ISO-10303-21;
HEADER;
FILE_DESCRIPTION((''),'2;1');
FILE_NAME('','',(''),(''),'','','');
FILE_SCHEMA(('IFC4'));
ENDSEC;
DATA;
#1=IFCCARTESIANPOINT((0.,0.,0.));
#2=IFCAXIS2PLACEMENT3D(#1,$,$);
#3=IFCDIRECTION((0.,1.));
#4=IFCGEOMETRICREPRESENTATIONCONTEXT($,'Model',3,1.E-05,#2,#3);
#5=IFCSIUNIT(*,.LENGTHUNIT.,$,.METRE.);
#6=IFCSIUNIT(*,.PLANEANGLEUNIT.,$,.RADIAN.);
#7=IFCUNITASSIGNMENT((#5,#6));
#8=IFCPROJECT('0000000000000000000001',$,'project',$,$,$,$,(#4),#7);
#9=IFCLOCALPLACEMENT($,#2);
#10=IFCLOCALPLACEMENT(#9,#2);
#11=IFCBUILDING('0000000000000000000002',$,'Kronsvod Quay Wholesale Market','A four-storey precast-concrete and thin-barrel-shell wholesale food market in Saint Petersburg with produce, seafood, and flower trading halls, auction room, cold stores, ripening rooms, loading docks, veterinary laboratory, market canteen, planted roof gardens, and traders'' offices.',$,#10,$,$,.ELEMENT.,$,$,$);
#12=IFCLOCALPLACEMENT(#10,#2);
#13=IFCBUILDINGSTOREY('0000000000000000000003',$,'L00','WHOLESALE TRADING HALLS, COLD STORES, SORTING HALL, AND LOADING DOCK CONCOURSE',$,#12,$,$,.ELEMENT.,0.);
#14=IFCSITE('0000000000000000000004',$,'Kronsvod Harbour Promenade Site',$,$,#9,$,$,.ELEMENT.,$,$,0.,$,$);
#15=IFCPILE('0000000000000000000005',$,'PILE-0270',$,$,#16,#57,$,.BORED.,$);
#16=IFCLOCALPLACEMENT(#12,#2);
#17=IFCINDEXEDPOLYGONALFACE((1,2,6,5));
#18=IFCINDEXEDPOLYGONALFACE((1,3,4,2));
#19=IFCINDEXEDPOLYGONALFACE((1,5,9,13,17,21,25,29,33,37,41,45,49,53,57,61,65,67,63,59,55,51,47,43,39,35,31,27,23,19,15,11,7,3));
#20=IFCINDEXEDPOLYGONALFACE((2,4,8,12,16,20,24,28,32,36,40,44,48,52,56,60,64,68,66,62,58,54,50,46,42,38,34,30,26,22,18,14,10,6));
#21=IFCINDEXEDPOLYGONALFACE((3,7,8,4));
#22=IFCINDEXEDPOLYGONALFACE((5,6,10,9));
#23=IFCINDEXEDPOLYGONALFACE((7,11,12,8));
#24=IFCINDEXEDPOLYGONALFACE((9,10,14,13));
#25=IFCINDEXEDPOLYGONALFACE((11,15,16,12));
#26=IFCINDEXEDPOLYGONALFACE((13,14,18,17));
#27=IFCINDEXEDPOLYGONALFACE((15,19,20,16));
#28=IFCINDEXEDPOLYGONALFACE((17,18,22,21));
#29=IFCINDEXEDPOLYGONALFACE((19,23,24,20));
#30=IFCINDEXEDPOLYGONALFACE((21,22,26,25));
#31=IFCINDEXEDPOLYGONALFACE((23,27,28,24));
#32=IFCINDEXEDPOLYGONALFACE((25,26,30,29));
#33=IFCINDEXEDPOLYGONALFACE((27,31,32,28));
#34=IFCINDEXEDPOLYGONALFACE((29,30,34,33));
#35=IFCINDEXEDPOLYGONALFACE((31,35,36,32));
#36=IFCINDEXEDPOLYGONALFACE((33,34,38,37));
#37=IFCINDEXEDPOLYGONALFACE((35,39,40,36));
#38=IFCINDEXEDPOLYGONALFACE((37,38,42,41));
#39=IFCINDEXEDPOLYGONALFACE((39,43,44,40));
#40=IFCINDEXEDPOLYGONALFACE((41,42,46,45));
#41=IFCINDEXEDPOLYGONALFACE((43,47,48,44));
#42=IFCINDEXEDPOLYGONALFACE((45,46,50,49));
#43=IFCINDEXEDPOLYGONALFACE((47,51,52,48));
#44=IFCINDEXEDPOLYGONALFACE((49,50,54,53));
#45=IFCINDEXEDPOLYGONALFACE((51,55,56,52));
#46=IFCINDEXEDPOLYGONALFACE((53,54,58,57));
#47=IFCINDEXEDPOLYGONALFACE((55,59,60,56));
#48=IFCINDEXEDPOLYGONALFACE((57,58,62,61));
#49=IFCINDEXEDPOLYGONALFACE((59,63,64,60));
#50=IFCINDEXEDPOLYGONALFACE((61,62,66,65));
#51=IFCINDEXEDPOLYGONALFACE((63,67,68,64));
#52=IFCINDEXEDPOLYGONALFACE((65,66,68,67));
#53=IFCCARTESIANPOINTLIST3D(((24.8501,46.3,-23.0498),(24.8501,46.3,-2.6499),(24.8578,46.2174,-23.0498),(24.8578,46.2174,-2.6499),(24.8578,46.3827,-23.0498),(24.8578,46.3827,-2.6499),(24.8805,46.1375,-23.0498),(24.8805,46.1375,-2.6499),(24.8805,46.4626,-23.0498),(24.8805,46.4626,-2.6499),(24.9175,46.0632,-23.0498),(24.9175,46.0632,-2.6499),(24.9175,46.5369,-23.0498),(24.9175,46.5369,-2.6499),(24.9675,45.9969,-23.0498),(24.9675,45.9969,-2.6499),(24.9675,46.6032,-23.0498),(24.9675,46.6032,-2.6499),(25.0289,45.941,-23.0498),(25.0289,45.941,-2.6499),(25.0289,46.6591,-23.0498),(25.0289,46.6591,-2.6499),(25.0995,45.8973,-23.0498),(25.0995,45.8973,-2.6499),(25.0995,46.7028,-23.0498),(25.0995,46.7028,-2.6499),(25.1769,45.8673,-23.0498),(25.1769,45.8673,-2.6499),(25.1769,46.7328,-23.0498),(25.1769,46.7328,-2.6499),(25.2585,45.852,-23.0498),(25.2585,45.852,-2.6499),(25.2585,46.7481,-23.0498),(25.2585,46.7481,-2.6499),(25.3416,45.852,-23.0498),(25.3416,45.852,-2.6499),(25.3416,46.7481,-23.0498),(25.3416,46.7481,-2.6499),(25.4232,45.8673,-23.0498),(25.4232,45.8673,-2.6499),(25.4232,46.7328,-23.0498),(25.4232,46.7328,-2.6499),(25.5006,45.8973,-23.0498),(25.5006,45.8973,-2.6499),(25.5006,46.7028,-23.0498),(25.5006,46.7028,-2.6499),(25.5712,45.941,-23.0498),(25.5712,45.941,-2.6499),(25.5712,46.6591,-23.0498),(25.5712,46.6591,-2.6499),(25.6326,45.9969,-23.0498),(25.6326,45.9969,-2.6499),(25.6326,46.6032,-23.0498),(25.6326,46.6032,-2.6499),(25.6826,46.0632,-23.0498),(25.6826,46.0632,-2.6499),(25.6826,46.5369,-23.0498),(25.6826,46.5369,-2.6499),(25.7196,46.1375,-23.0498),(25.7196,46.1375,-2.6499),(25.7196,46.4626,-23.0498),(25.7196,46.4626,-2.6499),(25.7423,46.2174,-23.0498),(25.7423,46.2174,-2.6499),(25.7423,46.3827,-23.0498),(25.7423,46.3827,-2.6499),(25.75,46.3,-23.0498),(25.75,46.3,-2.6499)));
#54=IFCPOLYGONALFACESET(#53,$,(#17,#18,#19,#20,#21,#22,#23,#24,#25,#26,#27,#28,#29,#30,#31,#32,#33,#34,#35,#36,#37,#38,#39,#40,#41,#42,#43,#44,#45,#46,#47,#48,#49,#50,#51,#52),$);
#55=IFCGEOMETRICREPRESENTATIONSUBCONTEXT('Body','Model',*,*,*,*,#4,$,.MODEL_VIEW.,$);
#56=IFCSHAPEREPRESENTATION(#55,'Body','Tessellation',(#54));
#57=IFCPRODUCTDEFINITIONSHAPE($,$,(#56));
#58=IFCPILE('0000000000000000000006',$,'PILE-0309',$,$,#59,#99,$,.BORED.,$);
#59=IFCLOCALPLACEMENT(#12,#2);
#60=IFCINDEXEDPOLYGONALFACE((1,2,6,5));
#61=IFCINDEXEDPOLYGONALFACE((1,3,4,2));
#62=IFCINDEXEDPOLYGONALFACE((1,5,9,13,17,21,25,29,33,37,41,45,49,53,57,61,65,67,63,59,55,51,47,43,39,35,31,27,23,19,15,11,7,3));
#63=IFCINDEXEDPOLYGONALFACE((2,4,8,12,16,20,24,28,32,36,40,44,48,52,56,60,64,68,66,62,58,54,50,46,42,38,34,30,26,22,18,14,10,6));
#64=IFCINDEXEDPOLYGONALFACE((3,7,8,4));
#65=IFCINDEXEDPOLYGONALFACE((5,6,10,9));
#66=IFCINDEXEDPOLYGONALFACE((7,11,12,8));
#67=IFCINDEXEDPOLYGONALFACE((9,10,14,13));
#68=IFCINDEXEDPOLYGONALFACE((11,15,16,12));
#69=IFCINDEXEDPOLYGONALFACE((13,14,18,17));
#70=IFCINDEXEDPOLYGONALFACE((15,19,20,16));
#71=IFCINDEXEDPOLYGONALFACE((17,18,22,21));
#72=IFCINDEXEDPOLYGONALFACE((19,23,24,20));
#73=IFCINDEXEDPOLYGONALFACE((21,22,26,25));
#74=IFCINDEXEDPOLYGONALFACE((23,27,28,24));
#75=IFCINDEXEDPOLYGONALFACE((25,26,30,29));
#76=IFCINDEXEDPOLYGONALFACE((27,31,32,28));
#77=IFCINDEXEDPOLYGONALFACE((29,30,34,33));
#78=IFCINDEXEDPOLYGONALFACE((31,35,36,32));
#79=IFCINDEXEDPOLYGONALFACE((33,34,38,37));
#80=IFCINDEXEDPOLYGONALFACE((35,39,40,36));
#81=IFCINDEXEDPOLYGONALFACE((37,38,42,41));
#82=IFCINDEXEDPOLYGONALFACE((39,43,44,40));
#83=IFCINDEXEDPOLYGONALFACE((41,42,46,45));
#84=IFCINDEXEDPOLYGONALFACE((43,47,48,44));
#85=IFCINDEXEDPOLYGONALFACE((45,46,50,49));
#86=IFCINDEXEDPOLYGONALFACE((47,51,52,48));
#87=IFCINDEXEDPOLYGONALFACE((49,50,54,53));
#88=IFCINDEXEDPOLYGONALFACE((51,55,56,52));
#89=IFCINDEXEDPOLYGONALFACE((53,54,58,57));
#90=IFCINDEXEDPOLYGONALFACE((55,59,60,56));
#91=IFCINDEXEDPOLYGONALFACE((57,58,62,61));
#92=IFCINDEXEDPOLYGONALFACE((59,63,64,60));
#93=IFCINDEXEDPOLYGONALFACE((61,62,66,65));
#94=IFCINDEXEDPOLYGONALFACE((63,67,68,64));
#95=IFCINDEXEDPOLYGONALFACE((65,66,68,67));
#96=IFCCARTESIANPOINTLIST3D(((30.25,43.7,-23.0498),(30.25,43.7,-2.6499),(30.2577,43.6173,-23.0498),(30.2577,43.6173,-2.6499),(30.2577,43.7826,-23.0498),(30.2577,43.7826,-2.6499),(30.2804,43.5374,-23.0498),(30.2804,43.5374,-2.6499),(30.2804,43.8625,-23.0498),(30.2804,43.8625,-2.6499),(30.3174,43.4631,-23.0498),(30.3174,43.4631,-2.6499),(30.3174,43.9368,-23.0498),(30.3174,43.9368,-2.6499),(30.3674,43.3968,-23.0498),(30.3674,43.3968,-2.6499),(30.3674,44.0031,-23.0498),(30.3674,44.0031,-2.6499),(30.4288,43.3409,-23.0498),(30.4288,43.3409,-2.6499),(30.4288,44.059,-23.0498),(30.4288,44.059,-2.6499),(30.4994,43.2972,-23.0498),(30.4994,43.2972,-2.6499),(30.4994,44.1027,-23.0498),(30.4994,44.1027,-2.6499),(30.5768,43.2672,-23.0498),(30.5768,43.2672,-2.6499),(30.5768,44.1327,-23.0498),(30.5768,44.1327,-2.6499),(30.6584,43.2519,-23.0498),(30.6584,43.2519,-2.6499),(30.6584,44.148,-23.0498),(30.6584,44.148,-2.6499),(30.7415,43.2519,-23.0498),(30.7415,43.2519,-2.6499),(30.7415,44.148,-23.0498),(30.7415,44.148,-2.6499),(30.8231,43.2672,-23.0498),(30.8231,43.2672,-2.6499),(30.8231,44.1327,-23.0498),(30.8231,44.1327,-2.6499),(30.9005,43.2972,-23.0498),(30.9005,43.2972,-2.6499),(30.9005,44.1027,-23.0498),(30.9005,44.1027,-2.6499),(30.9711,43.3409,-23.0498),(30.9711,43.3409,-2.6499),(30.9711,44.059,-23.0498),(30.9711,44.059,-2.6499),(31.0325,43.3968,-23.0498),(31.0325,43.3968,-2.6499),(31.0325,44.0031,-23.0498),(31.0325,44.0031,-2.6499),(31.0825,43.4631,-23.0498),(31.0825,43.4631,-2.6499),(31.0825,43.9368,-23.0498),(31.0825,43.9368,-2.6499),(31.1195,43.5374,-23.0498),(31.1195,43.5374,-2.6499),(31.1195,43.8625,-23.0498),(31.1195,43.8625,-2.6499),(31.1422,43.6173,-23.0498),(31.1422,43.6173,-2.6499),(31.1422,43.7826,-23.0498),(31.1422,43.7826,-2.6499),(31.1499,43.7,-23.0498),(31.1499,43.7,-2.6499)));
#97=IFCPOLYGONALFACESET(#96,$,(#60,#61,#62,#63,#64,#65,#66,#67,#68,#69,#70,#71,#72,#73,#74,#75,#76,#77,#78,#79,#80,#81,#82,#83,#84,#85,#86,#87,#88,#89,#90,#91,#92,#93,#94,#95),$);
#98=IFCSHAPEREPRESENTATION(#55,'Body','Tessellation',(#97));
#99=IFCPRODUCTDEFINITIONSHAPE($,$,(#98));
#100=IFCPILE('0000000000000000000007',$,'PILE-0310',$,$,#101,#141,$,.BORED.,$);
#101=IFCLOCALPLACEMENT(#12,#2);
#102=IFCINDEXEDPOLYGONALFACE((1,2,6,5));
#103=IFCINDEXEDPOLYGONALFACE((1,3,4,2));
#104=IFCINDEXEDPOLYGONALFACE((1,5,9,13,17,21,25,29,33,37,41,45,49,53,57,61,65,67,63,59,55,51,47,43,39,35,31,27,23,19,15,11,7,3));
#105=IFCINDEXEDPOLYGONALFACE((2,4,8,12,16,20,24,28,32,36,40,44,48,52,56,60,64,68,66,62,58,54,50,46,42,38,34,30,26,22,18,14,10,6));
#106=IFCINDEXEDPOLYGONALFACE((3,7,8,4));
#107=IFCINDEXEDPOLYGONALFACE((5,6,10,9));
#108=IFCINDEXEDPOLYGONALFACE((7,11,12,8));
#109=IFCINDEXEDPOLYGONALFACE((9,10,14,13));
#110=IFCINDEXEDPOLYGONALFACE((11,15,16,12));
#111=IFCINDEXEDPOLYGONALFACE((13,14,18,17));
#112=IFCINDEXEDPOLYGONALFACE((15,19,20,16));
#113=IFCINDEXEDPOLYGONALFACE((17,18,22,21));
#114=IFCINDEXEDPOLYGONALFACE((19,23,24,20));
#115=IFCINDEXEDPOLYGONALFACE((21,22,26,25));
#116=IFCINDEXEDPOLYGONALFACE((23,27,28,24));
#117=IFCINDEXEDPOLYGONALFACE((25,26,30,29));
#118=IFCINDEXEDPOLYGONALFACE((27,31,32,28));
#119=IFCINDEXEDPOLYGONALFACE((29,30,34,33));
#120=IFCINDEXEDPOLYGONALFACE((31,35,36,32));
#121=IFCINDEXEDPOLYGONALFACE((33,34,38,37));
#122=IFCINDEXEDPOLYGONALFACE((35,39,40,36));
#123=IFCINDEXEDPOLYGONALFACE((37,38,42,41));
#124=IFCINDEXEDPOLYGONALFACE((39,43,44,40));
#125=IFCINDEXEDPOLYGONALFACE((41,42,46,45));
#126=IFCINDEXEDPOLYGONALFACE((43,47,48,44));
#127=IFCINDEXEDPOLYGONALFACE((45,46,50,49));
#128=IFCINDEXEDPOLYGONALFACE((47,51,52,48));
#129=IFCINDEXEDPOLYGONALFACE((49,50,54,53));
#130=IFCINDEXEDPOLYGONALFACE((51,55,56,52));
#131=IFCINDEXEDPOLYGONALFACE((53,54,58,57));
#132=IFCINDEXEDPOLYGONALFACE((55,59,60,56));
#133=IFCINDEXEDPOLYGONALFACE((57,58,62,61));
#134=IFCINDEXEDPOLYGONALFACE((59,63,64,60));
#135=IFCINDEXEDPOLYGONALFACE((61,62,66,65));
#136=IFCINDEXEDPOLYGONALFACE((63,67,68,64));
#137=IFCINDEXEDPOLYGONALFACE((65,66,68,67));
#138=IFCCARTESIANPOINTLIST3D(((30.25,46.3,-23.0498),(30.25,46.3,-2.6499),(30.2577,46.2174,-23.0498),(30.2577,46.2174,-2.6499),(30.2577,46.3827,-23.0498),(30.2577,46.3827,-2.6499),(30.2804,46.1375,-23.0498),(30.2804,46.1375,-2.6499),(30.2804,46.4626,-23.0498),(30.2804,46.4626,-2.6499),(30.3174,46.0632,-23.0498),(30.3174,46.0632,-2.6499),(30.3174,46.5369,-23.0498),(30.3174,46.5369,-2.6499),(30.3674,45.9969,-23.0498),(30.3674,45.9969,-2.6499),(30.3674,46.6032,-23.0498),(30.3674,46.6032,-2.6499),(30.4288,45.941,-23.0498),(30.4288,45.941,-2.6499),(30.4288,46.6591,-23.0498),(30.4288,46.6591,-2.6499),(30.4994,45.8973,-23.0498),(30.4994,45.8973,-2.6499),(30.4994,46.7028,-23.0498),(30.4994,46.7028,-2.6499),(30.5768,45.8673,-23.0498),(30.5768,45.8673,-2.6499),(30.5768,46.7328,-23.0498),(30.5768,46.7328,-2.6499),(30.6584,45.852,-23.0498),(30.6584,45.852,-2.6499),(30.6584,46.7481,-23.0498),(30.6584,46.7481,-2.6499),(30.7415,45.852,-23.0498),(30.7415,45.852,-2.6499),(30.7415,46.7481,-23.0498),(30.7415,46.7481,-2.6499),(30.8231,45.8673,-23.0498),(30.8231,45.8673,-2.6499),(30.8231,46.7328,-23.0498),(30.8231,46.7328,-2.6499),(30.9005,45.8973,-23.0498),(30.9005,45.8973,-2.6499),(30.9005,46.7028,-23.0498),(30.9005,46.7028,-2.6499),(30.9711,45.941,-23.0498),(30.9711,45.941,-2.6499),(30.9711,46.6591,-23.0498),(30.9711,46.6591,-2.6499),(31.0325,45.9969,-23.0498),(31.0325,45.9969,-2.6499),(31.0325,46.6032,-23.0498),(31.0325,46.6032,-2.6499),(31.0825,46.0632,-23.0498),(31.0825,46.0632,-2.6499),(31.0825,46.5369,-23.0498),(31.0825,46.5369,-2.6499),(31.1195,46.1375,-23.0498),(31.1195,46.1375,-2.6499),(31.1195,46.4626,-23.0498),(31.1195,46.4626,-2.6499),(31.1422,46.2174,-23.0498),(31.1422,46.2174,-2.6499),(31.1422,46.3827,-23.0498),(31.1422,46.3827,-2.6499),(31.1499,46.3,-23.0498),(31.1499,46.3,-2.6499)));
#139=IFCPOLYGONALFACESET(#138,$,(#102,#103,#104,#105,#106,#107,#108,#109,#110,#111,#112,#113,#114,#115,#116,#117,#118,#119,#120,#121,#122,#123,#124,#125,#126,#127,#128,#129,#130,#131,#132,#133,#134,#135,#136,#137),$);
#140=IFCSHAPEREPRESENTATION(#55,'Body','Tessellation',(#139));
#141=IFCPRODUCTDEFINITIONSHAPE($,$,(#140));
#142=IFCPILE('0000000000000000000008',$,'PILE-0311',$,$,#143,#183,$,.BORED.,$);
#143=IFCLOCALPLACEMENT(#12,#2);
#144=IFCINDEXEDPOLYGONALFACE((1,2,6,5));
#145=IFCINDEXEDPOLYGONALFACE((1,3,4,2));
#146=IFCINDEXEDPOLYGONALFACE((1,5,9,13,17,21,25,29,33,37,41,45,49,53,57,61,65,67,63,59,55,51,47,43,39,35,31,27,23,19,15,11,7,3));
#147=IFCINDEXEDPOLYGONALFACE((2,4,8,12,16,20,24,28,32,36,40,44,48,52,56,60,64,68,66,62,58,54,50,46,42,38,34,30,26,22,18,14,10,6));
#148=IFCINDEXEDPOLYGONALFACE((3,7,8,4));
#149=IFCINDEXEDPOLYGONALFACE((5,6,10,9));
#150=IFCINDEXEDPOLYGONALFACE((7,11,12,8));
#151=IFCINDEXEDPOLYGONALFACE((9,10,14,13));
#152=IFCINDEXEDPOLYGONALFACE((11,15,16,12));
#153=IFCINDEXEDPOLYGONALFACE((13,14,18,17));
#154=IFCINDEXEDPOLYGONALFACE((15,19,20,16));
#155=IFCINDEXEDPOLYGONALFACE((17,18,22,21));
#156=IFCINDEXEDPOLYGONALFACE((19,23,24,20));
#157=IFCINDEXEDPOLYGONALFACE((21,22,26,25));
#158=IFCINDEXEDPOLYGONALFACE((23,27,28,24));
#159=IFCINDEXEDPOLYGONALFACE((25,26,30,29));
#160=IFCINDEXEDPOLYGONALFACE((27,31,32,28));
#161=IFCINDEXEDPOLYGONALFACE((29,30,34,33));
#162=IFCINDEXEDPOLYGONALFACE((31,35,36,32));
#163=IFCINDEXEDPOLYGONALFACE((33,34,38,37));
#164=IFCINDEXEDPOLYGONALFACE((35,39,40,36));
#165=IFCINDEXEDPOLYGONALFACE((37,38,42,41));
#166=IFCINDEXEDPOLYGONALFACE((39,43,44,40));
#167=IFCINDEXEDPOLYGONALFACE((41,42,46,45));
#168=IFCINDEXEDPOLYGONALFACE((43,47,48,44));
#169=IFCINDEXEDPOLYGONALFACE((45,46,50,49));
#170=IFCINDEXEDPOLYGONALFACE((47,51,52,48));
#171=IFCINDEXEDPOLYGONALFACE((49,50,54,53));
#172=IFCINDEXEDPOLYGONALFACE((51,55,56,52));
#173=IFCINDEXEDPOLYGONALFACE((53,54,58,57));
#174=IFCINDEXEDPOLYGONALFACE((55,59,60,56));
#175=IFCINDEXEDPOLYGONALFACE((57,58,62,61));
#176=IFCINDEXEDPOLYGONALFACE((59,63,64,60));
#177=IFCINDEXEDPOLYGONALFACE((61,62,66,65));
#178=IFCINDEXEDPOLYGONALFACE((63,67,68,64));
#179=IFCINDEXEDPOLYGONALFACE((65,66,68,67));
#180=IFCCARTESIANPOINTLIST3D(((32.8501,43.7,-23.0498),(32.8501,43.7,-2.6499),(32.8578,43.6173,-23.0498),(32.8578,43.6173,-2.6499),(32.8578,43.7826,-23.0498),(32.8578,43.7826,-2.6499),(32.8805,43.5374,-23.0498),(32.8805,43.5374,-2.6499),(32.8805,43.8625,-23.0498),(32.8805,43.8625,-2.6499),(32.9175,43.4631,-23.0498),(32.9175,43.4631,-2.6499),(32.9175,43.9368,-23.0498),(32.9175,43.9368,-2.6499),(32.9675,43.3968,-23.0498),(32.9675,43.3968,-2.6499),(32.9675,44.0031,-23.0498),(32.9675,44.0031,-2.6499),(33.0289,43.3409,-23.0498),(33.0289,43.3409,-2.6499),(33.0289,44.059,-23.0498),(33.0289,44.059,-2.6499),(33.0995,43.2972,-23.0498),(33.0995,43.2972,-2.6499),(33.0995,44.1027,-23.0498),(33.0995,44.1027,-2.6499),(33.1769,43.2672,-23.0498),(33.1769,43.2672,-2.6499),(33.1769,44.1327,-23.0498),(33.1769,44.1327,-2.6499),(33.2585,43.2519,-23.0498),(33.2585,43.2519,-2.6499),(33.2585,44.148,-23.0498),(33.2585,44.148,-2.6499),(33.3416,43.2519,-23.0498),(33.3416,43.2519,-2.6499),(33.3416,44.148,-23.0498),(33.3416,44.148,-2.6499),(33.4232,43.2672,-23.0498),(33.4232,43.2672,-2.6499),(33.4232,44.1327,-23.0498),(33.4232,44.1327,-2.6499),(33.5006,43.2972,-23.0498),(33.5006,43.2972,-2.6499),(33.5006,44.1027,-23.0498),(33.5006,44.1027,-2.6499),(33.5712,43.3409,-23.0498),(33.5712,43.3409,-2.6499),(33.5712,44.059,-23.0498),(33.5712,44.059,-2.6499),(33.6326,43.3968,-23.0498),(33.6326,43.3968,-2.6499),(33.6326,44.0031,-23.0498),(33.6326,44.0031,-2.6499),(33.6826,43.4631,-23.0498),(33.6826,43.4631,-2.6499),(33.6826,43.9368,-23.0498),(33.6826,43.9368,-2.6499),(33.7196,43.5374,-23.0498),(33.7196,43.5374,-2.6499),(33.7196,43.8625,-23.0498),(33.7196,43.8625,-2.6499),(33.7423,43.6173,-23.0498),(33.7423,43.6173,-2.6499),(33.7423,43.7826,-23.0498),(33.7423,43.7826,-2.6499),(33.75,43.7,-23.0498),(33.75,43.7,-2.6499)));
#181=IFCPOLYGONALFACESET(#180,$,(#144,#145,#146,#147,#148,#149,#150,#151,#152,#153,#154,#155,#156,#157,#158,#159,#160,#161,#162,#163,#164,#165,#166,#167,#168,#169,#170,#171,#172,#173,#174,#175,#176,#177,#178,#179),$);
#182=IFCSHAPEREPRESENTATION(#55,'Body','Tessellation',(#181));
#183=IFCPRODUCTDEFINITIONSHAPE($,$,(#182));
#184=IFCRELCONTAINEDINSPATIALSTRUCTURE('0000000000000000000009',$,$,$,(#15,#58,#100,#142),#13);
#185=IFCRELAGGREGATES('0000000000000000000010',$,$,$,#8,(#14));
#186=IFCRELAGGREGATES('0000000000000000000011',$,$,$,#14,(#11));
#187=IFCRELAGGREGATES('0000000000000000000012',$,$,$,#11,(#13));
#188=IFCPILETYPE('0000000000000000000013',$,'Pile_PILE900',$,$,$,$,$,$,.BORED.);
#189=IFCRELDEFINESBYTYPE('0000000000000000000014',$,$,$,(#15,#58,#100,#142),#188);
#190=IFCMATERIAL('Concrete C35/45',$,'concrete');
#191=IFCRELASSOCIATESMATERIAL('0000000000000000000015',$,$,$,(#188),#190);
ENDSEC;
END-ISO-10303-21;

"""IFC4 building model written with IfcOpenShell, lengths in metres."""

from ifc_helpers import new_model, si_unit, direction, frame, origin, origin_2d, place, context, subcontext, project, spatial, circle, extrude, material, material_profile, profile_set, type_object, element, save


model = new_model("IFC4")

# Units and contexts
model_context = context("Model", 3, precision=1e-05, world=origin(), true_north=direction((0.0, 1.0)))
body_context = subcontext(model_context, "Body", "Model", "MODEL_VIEW")
ifc_project = project(units=[si_unit("LENGTHUNIT", "METRE"), si_unit("PLANEANGLEUNIT", "RADIAN")], contexts=[model_context])

# Site, building, storey
site_placement = place(None, origin())
site = spatial("IfcSite", under=ifc_project, at=site_placement, Name="Kronsvod Harbour Promenade Site", CompositionType="ELEMENT", RefElevation=0.0)
building_placement = place(site_placement, origin())
building = spatial("IfcBuilding", under=site, at=building_placement, Name="Kronsvod Quay Wholesale Market", Description="A four-storey precast-concrete and thin-barrel-shell wholesale food market in Saint Petersburg with produce, seafood, and flower trading halls, auction room, cold stores, ripening rooms, loading docks, veterinary laboratory, market canteen, planted roof gardens, and traders' offices.", CompositionType="ELEMENT")
storey_placement = place(building_placement, origin())
storey = spatial("IfcBuildingStorey", under=building, at=storey_placement, Name="L00", Description="WHOLESALE TRADING HALLS, COLD STORES, SORTING HALL, AND LOADING DOCK CONCOURSE", CompositionType="ELEMENT", Elevation=0.0)

# Piles
ifc_material_1 = material(Name="Concrete C35/45", Category="concrete")
ifc_material_profile_1 = material_profile(ifc_material_1, circle(Radius=0.45, at=origin_2d()), Name="PILE900")
ifc_profile_set_1 = profile_set([ifc_material_profile_1], Name="Concrete C35/45")
pile_type_1 = type_object("IfcPileType", Name="Pile_PILE900", PredefinedType="BORED", material=ifc_profile_set_1)
for number, where, z_axis, x_axis, name in (
    (1, (25.3, 46.3, -2.6499), (0.0, 0.0, -1.0), (1.0, 0.0, 0.0), "PILE-0270"),
    (2, (30.7, 43.7, -2.6499), (0.0, 0.0, -1.0), (1.0, 0.0, 0.0), "PILE-0309"),
    (3, (30.7, 46.3, -2.6499), (0.0, 0.0, -1.0), (1.0, 0.0, 0.0), "PILE-0310"),
    (4, (33.3, 43.7, -2.6499), (0.0, 0.0, -1.0), (1.0, 0.0, 0.0), "PILE-0311"),
):
    element("IfcPile", number, at=place(storey_placement, frame(where, z_axis=z_axis, x_axis=x_axis)), inside=storey, type_object=pile_type_1, Name=name, PredefinedType="BORED", context=body_context, shape_type="SweptSolid", body=[
        extrude(circle(Radius=0.45, at=origin_2d()), origin(), (0.0, 0.0, 1.0), 20.3999),
    ])

save(model, "model.ifc")
